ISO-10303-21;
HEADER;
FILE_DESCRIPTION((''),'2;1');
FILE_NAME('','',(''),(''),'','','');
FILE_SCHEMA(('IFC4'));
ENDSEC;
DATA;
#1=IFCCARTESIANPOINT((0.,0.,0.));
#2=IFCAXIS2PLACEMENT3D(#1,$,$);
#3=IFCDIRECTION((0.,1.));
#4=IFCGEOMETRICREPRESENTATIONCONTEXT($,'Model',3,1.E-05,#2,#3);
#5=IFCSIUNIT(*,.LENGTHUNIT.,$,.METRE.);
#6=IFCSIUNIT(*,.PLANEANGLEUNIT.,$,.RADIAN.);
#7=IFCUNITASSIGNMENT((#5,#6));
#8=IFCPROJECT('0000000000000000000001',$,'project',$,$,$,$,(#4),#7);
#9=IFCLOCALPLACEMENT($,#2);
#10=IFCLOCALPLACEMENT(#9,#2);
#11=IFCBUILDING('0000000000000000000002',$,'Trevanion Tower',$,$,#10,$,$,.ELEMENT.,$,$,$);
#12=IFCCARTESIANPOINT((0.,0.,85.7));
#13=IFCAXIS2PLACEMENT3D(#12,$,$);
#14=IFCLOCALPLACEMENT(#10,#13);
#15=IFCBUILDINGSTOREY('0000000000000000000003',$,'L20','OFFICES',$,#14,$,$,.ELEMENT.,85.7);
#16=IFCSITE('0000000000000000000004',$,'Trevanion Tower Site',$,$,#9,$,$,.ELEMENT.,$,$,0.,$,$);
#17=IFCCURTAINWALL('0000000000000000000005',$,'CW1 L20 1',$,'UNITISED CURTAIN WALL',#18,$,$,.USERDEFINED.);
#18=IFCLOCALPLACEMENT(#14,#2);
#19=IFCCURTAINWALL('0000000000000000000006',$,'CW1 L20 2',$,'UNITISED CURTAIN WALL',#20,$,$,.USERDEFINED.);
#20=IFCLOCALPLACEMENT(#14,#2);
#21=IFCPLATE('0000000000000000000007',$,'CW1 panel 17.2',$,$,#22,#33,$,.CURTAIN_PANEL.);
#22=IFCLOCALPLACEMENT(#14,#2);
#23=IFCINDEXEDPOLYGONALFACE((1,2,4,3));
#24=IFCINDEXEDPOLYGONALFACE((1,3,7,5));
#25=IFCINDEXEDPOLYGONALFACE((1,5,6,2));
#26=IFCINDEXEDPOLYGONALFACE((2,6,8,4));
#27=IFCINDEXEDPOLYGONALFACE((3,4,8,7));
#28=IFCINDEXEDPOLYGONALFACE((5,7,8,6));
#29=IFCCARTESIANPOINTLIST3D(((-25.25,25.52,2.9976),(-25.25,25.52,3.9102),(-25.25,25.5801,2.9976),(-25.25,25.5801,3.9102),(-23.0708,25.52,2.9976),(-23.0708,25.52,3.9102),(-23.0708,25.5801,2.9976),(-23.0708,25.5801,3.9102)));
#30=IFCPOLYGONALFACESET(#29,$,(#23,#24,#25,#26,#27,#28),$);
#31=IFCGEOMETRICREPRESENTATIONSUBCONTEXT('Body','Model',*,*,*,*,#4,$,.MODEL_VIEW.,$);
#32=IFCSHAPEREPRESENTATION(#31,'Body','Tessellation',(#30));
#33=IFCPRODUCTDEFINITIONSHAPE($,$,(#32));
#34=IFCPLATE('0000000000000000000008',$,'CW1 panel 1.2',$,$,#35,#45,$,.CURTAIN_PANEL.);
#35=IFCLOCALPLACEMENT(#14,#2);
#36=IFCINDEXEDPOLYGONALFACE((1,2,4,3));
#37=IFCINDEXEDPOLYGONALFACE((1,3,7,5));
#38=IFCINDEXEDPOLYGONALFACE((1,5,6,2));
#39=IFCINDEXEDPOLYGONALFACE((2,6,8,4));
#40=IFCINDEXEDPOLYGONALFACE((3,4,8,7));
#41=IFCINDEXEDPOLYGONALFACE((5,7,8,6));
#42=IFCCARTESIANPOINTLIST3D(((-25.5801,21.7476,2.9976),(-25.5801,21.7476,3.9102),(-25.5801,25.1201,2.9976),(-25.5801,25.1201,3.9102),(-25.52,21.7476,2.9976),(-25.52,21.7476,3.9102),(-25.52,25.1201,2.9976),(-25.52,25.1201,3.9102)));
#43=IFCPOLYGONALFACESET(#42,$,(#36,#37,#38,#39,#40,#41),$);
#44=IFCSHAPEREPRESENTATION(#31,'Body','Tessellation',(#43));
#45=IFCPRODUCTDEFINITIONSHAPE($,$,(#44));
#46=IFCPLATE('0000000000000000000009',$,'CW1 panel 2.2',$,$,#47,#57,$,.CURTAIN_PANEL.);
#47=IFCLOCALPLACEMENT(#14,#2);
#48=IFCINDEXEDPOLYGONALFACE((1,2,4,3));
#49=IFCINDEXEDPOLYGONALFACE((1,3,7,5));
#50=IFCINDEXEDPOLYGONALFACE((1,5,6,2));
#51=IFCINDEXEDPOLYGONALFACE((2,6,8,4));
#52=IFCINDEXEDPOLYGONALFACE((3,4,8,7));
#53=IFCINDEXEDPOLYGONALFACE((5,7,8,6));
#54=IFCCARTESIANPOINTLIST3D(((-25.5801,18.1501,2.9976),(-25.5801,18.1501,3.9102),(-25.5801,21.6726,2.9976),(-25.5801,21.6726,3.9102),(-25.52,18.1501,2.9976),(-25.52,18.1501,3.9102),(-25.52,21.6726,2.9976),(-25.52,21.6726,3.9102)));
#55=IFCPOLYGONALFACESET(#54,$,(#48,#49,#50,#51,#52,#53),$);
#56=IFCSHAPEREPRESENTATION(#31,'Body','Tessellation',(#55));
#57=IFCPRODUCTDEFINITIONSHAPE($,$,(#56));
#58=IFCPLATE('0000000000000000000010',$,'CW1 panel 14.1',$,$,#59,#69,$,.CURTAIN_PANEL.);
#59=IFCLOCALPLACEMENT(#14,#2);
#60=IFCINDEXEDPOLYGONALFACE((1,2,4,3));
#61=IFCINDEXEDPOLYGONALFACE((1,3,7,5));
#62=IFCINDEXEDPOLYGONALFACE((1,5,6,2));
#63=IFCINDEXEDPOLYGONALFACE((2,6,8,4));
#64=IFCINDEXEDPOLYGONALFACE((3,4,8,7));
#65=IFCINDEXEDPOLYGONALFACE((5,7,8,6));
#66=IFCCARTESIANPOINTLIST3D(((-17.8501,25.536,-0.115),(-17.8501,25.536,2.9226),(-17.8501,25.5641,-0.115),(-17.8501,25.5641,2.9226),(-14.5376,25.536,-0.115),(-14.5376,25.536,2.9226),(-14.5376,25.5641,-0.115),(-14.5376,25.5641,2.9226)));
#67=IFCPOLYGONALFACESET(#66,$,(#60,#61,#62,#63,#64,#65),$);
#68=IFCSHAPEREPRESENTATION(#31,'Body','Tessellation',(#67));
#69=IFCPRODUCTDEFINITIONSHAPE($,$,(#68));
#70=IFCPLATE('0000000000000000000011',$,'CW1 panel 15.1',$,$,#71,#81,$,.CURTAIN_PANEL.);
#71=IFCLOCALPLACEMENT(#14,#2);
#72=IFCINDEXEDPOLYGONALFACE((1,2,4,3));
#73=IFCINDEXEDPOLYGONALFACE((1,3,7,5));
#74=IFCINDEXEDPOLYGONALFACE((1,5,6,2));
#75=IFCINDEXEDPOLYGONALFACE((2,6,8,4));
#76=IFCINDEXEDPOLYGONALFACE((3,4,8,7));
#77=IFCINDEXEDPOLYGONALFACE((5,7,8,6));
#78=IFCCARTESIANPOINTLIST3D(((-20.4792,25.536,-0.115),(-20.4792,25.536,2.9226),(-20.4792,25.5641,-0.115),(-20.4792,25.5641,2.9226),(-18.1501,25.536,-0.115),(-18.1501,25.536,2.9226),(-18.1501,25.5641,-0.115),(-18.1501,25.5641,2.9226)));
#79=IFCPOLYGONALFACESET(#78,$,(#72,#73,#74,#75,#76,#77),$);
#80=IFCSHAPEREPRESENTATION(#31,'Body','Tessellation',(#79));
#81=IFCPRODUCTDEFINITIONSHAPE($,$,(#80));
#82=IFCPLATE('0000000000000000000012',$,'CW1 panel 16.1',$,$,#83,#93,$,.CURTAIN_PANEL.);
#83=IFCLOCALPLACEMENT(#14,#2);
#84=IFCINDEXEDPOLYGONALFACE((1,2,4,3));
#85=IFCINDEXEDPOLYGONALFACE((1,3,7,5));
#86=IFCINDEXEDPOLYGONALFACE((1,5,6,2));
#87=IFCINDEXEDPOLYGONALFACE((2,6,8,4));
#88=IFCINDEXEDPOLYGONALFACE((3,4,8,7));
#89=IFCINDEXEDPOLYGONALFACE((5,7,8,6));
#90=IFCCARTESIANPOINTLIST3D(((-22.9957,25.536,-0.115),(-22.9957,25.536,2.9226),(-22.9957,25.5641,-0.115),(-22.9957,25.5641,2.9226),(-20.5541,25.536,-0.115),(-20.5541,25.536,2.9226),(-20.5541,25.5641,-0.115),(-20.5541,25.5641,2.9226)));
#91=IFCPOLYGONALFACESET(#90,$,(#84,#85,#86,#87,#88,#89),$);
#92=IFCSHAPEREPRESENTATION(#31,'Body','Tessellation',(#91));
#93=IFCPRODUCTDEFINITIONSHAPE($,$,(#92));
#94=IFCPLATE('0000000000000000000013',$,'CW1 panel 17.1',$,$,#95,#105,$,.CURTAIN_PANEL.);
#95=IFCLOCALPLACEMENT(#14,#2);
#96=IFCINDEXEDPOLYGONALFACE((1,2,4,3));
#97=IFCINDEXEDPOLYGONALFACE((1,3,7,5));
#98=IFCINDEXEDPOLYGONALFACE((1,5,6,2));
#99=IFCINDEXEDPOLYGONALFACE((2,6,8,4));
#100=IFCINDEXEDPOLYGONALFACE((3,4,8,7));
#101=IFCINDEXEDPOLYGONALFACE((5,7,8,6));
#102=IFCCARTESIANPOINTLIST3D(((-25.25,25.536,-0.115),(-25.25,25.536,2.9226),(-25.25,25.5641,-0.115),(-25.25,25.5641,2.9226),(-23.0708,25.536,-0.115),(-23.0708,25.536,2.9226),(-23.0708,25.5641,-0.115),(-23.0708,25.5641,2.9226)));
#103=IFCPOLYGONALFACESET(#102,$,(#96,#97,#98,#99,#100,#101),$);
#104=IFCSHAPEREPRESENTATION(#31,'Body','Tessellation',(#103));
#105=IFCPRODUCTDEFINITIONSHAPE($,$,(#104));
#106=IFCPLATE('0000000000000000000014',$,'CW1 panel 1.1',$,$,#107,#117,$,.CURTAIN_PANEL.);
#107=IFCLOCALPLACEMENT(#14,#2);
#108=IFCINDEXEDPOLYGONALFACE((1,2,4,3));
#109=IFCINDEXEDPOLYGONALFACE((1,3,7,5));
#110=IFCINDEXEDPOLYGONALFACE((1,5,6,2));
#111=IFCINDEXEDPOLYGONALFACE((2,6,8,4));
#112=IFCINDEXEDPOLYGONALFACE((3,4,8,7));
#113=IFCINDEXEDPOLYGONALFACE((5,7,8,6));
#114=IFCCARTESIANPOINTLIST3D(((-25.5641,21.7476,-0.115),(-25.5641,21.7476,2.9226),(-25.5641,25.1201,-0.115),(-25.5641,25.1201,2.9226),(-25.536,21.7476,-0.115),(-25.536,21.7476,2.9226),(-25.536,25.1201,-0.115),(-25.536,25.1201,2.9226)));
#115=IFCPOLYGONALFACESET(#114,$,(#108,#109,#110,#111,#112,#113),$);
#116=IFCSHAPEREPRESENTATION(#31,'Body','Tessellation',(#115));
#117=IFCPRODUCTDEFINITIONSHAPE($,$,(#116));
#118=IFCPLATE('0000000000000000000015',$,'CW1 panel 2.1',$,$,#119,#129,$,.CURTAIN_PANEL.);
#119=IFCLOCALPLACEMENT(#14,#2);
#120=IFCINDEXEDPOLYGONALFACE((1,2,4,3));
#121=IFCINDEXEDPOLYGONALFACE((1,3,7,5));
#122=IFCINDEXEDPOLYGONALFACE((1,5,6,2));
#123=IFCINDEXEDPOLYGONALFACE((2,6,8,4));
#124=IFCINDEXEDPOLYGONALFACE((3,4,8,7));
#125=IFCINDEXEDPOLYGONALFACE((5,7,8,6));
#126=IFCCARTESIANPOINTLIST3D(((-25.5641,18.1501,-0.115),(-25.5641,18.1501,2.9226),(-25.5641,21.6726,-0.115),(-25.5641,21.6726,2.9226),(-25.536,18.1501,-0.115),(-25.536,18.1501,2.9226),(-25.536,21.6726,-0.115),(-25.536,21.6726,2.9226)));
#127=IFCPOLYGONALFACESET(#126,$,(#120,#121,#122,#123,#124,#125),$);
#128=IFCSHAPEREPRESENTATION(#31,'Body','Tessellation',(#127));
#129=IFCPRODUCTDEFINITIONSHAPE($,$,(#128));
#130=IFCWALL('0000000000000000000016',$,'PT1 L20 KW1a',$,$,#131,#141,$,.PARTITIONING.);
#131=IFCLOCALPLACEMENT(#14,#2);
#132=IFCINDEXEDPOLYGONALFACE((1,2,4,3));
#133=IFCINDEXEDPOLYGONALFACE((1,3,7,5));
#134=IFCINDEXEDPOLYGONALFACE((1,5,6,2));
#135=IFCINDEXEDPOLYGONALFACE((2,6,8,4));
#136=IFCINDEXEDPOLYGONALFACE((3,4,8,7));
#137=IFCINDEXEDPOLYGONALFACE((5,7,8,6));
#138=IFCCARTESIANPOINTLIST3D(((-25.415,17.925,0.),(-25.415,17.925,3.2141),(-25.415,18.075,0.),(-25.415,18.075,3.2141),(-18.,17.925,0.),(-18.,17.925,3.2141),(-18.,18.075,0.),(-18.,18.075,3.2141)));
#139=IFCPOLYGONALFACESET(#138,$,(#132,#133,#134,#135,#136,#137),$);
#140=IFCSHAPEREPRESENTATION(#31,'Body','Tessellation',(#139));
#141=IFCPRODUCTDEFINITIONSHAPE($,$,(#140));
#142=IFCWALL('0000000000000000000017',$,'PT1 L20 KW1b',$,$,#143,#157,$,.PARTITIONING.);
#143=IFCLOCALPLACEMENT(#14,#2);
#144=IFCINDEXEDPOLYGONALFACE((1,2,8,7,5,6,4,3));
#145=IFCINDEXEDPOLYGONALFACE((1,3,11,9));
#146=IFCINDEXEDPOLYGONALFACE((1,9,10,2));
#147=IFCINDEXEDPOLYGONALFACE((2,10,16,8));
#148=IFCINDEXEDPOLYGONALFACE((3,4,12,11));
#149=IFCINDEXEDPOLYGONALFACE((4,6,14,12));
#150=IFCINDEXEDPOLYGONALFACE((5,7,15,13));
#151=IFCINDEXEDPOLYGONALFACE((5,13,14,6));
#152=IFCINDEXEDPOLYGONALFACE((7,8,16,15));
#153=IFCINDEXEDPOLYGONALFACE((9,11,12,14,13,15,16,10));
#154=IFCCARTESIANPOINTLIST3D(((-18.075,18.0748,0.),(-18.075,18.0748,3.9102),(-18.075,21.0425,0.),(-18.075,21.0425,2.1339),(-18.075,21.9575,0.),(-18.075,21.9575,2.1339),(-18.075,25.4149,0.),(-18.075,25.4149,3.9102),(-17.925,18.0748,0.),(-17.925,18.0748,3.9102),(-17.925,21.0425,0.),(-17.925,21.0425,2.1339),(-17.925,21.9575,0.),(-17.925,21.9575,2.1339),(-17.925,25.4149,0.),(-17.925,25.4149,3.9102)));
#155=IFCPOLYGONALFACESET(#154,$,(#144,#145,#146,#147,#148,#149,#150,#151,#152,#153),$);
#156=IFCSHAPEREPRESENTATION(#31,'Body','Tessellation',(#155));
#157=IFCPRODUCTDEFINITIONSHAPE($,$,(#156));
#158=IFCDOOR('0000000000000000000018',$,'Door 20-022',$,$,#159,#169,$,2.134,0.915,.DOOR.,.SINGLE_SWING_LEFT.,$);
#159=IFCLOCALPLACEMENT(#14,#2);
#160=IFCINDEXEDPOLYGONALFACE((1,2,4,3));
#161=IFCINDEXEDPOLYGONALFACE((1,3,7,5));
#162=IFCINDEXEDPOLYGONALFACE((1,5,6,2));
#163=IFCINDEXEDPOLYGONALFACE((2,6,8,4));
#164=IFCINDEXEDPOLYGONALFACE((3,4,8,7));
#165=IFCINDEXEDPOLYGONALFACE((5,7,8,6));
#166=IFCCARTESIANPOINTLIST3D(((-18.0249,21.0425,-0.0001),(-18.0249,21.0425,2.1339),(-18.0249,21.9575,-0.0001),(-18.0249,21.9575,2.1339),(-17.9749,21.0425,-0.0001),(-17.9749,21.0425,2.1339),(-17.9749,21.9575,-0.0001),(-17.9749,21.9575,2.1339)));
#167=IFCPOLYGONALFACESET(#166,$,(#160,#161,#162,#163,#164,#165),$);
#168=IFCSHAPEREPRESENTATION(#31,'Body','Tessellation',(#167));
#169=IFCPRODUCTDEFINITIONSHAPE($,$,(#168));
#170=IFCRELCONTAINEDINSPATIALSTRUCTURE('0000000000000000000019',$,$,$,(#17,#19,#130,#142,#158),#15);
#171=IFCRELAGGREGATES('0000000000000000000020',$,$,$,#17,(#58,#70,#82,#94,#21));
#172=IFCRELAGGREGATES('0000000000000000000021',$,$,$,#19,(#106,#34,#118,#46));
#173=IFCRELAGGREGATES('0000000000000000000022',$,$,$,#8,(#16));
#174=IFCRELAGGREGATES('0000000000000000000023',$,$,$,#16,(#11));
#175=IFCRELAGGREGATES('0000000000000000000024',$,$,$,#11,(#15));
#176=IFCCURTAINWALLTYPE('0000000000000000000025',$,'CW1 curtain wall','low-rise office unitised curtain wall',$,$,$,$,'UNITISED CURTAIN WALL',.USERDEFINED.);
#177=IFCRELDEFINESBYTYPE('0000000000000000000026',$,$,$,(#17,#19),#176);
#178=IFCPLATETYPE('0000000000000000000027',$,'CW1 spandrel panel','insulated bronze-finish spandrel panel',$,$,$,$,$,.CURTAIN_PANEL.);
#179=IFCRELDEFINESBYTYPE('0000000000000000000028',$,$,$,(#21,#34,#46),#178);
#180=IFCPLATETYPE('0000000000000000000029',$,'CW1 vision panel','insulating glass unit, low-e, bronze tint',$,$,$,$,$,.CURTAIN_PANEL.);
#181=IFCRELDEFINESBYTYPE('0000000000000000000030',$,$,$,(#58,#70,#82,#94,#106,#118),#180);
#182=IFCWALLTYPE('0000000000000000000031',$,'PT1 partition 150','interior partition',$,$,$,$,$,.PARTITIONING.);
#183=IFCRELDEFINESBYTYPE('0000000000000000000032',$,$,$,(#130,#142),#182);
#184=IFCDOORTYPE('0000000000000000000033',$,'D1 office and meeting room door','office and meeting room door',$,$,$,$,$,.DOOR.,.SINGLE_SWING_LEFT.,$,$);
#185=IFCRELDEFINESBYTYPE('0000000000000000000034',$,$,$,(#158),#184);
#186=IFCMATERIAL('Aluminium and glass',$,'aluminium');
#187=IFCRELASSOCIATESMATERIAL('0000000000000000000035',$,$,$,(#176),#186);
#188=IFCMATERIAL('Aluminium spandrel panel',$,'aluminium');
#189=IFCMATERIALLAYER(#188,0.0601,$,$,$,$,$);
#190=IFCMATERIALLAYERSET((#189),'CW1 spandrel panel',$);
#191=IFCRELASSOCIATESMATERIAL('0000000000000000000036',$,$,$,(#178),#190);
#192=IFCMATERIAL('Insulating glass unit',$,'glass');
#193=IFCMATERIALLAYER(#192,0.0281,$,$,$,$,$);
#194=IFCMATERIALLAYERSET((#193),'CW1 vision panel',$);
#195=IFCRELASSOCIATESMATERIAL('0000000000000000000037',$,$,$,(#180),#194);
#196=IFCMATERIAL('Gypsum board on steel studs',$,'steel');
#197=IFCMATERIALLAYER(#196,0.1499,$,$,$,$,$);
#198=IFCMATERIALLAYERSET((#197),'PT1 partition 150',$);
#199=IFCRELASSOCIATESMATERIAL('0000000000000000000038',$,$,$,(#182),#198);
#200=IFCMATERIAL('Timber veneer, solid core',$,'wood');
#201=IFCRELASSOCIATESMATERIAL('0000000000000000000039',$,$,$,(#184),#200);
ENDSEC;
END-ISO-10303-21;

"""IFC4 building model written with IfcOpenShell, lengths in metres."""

from ifc_helpers import new_model, si_unit, direction, frame, frame_2d, origin, origin_2d, place, context, subcontext, project, spatial, rectangle, extrude, material, layer, layer_set, type_object, element, fill, aggregate, save


model = new_model("IFC4")

# Units and contexts
model_context = context("Model", 3, precision=1e-05, world=origin(), true_north=direction((0.0, 1.0)))
body_context = subcontext(model_context, "Body", "Model", "MODEL_VIEW")
ifc_project = project(units=[si_unit("LENGTHUNIT", "METRE"), si_unit("PLANEANGLEUNIT", "RADIAN")], contexts=[model_context])

# Site, building, storey
site_placement = place(None, origin())
site = spatial("IfcSite", under=ifc_project, at=site_placement, Name="Trevanion Tower Site", CompositionType="ELEMENT", RefElevation=0.0)
building_placement = place(site_placement, origin())
building = spatial("IfcBuilding", under=site, at=building_placement, Name="Trevanion Tower", CompositionType="ELEMENT")
storey_placement = place(building_placement, frame((0.0, 0.0, 85.7)))
storey = spatial("IfcBuildingStorey", under=building, at=storey_placement, Name="L20", Description="OFFICES", CompositionType="ELEMENT", Elevation=85.7)

# Curtain wall
ifc_material_1 = material(Name="Aluminium and glass", Category="aluminium")
curtain_wall_type = type_object("IfcCurtainWallType", Name="CW1 curtain wall", Description="low-rise office unitised curtain wall", ElementType="UNITISED CURTAIN WALL", PredefinedType="USERDEFINED", material=ifc_material_1)
curtain_wall_1_placement = place(storey_placement, origin())
curtain_wall_1 = element("IfcCurtainWall", 1, at=curtain_wall_1_placement, inside=storey, type_object=curtain_wall_type, Name="CW1 L20 1", ObjectType="UNITISED CURTAIN WALL", PredefinedType="USERDEFINED")

# Curtain wall
curtain_wall_2_placement = place(storey_placement, origin())
curtain_wall_2 = element("IfcCurtainWall", 2, at=curtain_wall_2_placement, inside=storey, type_object=curtain_wall_type, Name="CW1 L20 2", ObjectType="UNITISED CURTAIN WALL", PredefinedType="USERDEFINED")

# Plates
ifc_material_2 = material(Name="Aluminium spandrel panel", Category="aluminium")
ifc_layer_1 = layer(ifc_material_2, 0.0601)
ifc_layer_set_1 = layer_set([ifc_layer_1], Name="CW1 spandrel panel")
plate_type_1 = type_object("IfcPlateType", Name="CW1 spandrel panel", Description="insulated bronze-finish spandrel panel", PredefinedType="CURTAIN_PANEL", material=ifc_layer_set_1)
plate_1_placement = place(storey_placement, frame((-24.1604, 25.55, 2.9976), z_axis=(0.0, 0.0, 1.0), x_axis=(-1.0, 0.0, 0.0)))
plate_1 = element("IfcPlate", 3, at=plate_1_placement, type_object=plate_type_1, Name="CW1 panel 17.2", PredefinedType="CURTAIN_PANEL", context=body_context, shape_type="SweptSolid", body=[
    extrude(rectangle(XDim=2.1792, YDim=0.0601, at=origin_2d()), origin(), (0.0, 0.0, 1.0), 0.9126),
])
plate_2_placement = place(storey_placement, frame((-25.55, 23.4338, 2.9976), z_axis=(0.0, 0.0, 1.0), x_axis=(0.0, -1.0, 0.0)))
plate_2 = element("IfcPlate", 4, at=plate_2_placement, type_object=plate_type_1, Name="CW1 panel 1.2", PredefinedType="CURTAIN_PANEL", context=body_context, shape_type="SweptSolid", body=[
    extrude(rectangle(XDim=3.3726, YDim=0.0601, at=origin_2d()), origin(), (0.0, 0.0, 1.0), 0.9126),
])
plate_3_placement = place(storey_placement, frame((-25.55, 19.9114, 2.9976), z_axis=(0.0, 0.0, 1.0), x_axis=(0.0, -1.0, 0.0)))
plate_3 = element("IfcPlate", 5, at=plate_3_placement, type_object=plate_type_1, Name="CW1 panel 2.2", PredefinedType="CURTAIN_PANEL", context=body_context, shape_type="SweptSolid", body=[
    extrude(rectangle(XDim=3.5225, YDim=0.0601, at=origin_2d()), origin(), (0.0, 0.0, 1.0), 0.9126),
])
ifc_material_3 = material(Name="Insulating glass unit", Category="glass")
ifc_layer_2 = layer(ifc_material_3, 0.0281)
ifc_layer_set_2 = layer_set([ifc_layer_2], Name="CW1 vision panel")
plate_type_2 = type_object("IfcPlateType", Name="CW1 vision panel", Description="insulating glass unit, low-e, bronze tint", PredefinedType="CURTAIN_PANEL", material=ifc_layer_set_2)
plate_4_placement = place(storey_placement, frame((-16.1938, 25.55, -0.115), z_axis=(0.0, 0.0, 1.0), x_axis=(-1.0, 0.0, 0.0)))
plate_4 = element("IfcPlate", 6, at=plate_4_placement, type_object=plate_type_2, Name="CW1 panel 14.1", PredefinedType="CURTAIN_PANEL", context=body_context, shape_type="SweptSolid", body=[
    extrude(rectangle(XDim=3.3125, YDim=0.0281, at=origin_2d()), origin(), (0.0, 0.0, 1.0), 3.0376),
])
plate_5_placement = place(storey_placement, frame((-19.3147, 25.55, -0.115), z_axis=(0.0, 0.0, 1.0), x_axis=(-1.0, 0.0, 0.0)))
plate_5 = element("IfcPlate", 7, at=plate_5_placement, type_object=plate_type_2, Name="CW1 panel 15.1", PredefinedType="CURTAIN_PANEL", context=body_context, shape_type="SweptSolid", body=[
    extrude(rectangle(XDim=2.3291, YDim=0.0281, at=origin_2d()), origin(), (0.0, 0.0, 1.0), 3.0376),
])
plate_6_placement = place(storey_placement, frame((-21.7749, 25.55, -0.115), z_axis=(0.0, 0.0, 1.0), x_axis=(-1.0, 0.0, 0.0)))
plate_6 = element("IfcPlate", 8, at=plate_6_placement, type_object=plate_type_2, Name="CW1 panel 16.1", PredefinedType="CURTAIN_PANEL", context=body_context, shape_type="SweptSolid", body=[
    extrude(rectangle(XDim=2.4417, YDim=0.0281, at=origin_2d()), origin(), (0.0, 0.0, 1.0), 3.0376),
])
plate_7_placement = place(storey_placement, frame((-24.1604, 25.55, -0.115), z_axis=(0.0, 0.0, 1.0), x_axis=(-1.0, 0.0, 0.0)))
plate_7 = element("IfcPlate", 9, at=plate_7_placement, type_object=plate_type_2, Name="CW1 panel 17.1", PredefinedType="CURTAIN_PANEL", context=body_context, shape_type="SweptSolid", body=[
    extrude(rectangle(XDim=2.1792, YDim=0.0281, at=origin_2d()), origin(), (0.0, 0.0, 1.0), 3.0376),
])
aggregate(curtain_wall_1, [plate_4, plate_5, plate_6, plate_7, plate_1])
plate_8_placement = place(storey_placement, frame((-25.55, 23.4338, -0.115), z_axis=(0.0, 0.0, 1.0), x_axis=(0.0, -1.0, 0.0)))
plate_8 = element("IfcPlate", 10, at=plate_8_placement, type_object=plate_type_2, Name="CW1 panel 1.1", PredefinedType="CURTAIN_PANEL", context=body_context, shape_type="SweptSolid", body=[
    extrude(rectangle(XDim=3.3726, YDim=0.0281, at=origin_2d()), origin(), (0.0, 0.0, 1.0), 3.0376),
])
plate_9_placement = place(storey_placement, frame((-25.55, 19.9114, -0.115), z_axis=(0.0, 0.0, 1.0), x_axis=(0.0, -1.0, 0.0)))
plate_9 = element("IfcPlate", 11, at=plate_9_placement, type_object=plate_type_2, Name="CW1 panel 2.1", PredefinedType="CURTAIN_PANEL", context=body_context, shape_type="SweptSolid", body=[
    extrude(rectangle(XDim=3.5225, YDim=0.0281, at=origin_2d()), origin(), (0.0, 0.0, 1.0), 3.0376),
])
aggregate(curtain_wall_2, [plate_8, plate_2, plate_9, plate_3])

# Wall
ifc_material_4 = material(Name="Gypsum board on steel studs", Category="steel")
ifc_layer_3 = layer(ifc_material_4, 0.1499)
ifc_layer_set_3 = layer_set([ifc_layer_3], Name="PT1 partition 150")
wall_type = type_object("IfcWallType", Name="PT1 partition 150", Description="interior partition", PredefinedType="PARTITIONING", material=ifc_layer_set_3)
wall_1_placement = place(storey_placement, frame((-18.0, 18.0, 0.0), z_axis=(0.0, 0.0, 1.0), x_axis=(-1.0, 0.0, 0.0)))
element("IfcWall", 12, at=wall_1_placement, inside=storey, type_object=wall_type, Name="PT1 L20 KW1a", PredefinedType="PARTITIONING", context=body_context, shape_type="SweptSolid", body=[
    extrude(rectangle(XDim=7.415, YDim=0.1499, at=frame_2d((3.7075, 0.0))), origin(), (0.0, 0.0, 1.0), 3.2141),
])

# Wall, opening, door
wall_2_placement = place(storey_placement, frame((-18.0, 18.075, 0.0), z_axis=(0.0, 0.0, 1.0), x_axis=(0.0, 1.0, 0.0)))
wall_2 = element("IfcWall", 13, at=wall_2_placement, inside=storey, type_object=wall_type, Name="PT1 L20 KW1b", PredefinedType="PARTITIONING", context=body_context, shape_type="SweptSolid", body=[
    extrude(rectangle(XDim=7.3401, YDim=0.1499, at=frame_2d((3.6699, 0.0))), origin(), (0.0, 0.0, 1.0), 3.9102),
])
opening_placement = place(wall_2_placement, frame((2.9675, 0.0, 0.0)))
opening = element("IfcOpeningElement", 14, at=opening_placement, cuts=wall_2, PredefinedType="OPENING", context=body_context, shape_type="SweptSolid", body=[
    extrude(rectangle(XDim=0.915, YDim=2.134, at=frame_2d((0.4575, 1.0669))), frame((0.0, 0.085, 0.0), z_axis=(0.0, -1.0, 0.0), x_axis=(1.0, 0.0, 0.0)), (0.0, 0.0, 1.0), 0.1699),
])
ifc_material_5 = material(Name="Timber veneer, solid core", Category="wood")
door_type = type_object("IfcDoorType", Name="D1 office and meeting room door", Description="office and meeting room door", OperationType="SINGLE_SWING_LEFT", PredefinedType="DOOR", material=ifc_material_5)
door_placement = place(opening_placement, origin())
door = element("IfcDoor", 15, at=door_placement, inside=storey, type_object=door_type, Name="Door 20-022", OperationType="SINGLE_SWING_LEFT", OverallHeight=2.134, OverallWidth=0.915, PredefinedType="DOOR", context=body_context, shape_type="SweptSolid", body=[
    extrude(rectangle(XDim=0.915, YDim=2.134, at=frame_2d((0.4575, 1.0669))), frame((0.0, 0.0249, 0.0), z_axis=(0.0, -1.0, 0.0), x_axis=(1.0, 0.0, 0.0)), (0.0, 0.0, 1.0), 0.05),
])
fill(opening, door)

save(model, "model.ifc")
